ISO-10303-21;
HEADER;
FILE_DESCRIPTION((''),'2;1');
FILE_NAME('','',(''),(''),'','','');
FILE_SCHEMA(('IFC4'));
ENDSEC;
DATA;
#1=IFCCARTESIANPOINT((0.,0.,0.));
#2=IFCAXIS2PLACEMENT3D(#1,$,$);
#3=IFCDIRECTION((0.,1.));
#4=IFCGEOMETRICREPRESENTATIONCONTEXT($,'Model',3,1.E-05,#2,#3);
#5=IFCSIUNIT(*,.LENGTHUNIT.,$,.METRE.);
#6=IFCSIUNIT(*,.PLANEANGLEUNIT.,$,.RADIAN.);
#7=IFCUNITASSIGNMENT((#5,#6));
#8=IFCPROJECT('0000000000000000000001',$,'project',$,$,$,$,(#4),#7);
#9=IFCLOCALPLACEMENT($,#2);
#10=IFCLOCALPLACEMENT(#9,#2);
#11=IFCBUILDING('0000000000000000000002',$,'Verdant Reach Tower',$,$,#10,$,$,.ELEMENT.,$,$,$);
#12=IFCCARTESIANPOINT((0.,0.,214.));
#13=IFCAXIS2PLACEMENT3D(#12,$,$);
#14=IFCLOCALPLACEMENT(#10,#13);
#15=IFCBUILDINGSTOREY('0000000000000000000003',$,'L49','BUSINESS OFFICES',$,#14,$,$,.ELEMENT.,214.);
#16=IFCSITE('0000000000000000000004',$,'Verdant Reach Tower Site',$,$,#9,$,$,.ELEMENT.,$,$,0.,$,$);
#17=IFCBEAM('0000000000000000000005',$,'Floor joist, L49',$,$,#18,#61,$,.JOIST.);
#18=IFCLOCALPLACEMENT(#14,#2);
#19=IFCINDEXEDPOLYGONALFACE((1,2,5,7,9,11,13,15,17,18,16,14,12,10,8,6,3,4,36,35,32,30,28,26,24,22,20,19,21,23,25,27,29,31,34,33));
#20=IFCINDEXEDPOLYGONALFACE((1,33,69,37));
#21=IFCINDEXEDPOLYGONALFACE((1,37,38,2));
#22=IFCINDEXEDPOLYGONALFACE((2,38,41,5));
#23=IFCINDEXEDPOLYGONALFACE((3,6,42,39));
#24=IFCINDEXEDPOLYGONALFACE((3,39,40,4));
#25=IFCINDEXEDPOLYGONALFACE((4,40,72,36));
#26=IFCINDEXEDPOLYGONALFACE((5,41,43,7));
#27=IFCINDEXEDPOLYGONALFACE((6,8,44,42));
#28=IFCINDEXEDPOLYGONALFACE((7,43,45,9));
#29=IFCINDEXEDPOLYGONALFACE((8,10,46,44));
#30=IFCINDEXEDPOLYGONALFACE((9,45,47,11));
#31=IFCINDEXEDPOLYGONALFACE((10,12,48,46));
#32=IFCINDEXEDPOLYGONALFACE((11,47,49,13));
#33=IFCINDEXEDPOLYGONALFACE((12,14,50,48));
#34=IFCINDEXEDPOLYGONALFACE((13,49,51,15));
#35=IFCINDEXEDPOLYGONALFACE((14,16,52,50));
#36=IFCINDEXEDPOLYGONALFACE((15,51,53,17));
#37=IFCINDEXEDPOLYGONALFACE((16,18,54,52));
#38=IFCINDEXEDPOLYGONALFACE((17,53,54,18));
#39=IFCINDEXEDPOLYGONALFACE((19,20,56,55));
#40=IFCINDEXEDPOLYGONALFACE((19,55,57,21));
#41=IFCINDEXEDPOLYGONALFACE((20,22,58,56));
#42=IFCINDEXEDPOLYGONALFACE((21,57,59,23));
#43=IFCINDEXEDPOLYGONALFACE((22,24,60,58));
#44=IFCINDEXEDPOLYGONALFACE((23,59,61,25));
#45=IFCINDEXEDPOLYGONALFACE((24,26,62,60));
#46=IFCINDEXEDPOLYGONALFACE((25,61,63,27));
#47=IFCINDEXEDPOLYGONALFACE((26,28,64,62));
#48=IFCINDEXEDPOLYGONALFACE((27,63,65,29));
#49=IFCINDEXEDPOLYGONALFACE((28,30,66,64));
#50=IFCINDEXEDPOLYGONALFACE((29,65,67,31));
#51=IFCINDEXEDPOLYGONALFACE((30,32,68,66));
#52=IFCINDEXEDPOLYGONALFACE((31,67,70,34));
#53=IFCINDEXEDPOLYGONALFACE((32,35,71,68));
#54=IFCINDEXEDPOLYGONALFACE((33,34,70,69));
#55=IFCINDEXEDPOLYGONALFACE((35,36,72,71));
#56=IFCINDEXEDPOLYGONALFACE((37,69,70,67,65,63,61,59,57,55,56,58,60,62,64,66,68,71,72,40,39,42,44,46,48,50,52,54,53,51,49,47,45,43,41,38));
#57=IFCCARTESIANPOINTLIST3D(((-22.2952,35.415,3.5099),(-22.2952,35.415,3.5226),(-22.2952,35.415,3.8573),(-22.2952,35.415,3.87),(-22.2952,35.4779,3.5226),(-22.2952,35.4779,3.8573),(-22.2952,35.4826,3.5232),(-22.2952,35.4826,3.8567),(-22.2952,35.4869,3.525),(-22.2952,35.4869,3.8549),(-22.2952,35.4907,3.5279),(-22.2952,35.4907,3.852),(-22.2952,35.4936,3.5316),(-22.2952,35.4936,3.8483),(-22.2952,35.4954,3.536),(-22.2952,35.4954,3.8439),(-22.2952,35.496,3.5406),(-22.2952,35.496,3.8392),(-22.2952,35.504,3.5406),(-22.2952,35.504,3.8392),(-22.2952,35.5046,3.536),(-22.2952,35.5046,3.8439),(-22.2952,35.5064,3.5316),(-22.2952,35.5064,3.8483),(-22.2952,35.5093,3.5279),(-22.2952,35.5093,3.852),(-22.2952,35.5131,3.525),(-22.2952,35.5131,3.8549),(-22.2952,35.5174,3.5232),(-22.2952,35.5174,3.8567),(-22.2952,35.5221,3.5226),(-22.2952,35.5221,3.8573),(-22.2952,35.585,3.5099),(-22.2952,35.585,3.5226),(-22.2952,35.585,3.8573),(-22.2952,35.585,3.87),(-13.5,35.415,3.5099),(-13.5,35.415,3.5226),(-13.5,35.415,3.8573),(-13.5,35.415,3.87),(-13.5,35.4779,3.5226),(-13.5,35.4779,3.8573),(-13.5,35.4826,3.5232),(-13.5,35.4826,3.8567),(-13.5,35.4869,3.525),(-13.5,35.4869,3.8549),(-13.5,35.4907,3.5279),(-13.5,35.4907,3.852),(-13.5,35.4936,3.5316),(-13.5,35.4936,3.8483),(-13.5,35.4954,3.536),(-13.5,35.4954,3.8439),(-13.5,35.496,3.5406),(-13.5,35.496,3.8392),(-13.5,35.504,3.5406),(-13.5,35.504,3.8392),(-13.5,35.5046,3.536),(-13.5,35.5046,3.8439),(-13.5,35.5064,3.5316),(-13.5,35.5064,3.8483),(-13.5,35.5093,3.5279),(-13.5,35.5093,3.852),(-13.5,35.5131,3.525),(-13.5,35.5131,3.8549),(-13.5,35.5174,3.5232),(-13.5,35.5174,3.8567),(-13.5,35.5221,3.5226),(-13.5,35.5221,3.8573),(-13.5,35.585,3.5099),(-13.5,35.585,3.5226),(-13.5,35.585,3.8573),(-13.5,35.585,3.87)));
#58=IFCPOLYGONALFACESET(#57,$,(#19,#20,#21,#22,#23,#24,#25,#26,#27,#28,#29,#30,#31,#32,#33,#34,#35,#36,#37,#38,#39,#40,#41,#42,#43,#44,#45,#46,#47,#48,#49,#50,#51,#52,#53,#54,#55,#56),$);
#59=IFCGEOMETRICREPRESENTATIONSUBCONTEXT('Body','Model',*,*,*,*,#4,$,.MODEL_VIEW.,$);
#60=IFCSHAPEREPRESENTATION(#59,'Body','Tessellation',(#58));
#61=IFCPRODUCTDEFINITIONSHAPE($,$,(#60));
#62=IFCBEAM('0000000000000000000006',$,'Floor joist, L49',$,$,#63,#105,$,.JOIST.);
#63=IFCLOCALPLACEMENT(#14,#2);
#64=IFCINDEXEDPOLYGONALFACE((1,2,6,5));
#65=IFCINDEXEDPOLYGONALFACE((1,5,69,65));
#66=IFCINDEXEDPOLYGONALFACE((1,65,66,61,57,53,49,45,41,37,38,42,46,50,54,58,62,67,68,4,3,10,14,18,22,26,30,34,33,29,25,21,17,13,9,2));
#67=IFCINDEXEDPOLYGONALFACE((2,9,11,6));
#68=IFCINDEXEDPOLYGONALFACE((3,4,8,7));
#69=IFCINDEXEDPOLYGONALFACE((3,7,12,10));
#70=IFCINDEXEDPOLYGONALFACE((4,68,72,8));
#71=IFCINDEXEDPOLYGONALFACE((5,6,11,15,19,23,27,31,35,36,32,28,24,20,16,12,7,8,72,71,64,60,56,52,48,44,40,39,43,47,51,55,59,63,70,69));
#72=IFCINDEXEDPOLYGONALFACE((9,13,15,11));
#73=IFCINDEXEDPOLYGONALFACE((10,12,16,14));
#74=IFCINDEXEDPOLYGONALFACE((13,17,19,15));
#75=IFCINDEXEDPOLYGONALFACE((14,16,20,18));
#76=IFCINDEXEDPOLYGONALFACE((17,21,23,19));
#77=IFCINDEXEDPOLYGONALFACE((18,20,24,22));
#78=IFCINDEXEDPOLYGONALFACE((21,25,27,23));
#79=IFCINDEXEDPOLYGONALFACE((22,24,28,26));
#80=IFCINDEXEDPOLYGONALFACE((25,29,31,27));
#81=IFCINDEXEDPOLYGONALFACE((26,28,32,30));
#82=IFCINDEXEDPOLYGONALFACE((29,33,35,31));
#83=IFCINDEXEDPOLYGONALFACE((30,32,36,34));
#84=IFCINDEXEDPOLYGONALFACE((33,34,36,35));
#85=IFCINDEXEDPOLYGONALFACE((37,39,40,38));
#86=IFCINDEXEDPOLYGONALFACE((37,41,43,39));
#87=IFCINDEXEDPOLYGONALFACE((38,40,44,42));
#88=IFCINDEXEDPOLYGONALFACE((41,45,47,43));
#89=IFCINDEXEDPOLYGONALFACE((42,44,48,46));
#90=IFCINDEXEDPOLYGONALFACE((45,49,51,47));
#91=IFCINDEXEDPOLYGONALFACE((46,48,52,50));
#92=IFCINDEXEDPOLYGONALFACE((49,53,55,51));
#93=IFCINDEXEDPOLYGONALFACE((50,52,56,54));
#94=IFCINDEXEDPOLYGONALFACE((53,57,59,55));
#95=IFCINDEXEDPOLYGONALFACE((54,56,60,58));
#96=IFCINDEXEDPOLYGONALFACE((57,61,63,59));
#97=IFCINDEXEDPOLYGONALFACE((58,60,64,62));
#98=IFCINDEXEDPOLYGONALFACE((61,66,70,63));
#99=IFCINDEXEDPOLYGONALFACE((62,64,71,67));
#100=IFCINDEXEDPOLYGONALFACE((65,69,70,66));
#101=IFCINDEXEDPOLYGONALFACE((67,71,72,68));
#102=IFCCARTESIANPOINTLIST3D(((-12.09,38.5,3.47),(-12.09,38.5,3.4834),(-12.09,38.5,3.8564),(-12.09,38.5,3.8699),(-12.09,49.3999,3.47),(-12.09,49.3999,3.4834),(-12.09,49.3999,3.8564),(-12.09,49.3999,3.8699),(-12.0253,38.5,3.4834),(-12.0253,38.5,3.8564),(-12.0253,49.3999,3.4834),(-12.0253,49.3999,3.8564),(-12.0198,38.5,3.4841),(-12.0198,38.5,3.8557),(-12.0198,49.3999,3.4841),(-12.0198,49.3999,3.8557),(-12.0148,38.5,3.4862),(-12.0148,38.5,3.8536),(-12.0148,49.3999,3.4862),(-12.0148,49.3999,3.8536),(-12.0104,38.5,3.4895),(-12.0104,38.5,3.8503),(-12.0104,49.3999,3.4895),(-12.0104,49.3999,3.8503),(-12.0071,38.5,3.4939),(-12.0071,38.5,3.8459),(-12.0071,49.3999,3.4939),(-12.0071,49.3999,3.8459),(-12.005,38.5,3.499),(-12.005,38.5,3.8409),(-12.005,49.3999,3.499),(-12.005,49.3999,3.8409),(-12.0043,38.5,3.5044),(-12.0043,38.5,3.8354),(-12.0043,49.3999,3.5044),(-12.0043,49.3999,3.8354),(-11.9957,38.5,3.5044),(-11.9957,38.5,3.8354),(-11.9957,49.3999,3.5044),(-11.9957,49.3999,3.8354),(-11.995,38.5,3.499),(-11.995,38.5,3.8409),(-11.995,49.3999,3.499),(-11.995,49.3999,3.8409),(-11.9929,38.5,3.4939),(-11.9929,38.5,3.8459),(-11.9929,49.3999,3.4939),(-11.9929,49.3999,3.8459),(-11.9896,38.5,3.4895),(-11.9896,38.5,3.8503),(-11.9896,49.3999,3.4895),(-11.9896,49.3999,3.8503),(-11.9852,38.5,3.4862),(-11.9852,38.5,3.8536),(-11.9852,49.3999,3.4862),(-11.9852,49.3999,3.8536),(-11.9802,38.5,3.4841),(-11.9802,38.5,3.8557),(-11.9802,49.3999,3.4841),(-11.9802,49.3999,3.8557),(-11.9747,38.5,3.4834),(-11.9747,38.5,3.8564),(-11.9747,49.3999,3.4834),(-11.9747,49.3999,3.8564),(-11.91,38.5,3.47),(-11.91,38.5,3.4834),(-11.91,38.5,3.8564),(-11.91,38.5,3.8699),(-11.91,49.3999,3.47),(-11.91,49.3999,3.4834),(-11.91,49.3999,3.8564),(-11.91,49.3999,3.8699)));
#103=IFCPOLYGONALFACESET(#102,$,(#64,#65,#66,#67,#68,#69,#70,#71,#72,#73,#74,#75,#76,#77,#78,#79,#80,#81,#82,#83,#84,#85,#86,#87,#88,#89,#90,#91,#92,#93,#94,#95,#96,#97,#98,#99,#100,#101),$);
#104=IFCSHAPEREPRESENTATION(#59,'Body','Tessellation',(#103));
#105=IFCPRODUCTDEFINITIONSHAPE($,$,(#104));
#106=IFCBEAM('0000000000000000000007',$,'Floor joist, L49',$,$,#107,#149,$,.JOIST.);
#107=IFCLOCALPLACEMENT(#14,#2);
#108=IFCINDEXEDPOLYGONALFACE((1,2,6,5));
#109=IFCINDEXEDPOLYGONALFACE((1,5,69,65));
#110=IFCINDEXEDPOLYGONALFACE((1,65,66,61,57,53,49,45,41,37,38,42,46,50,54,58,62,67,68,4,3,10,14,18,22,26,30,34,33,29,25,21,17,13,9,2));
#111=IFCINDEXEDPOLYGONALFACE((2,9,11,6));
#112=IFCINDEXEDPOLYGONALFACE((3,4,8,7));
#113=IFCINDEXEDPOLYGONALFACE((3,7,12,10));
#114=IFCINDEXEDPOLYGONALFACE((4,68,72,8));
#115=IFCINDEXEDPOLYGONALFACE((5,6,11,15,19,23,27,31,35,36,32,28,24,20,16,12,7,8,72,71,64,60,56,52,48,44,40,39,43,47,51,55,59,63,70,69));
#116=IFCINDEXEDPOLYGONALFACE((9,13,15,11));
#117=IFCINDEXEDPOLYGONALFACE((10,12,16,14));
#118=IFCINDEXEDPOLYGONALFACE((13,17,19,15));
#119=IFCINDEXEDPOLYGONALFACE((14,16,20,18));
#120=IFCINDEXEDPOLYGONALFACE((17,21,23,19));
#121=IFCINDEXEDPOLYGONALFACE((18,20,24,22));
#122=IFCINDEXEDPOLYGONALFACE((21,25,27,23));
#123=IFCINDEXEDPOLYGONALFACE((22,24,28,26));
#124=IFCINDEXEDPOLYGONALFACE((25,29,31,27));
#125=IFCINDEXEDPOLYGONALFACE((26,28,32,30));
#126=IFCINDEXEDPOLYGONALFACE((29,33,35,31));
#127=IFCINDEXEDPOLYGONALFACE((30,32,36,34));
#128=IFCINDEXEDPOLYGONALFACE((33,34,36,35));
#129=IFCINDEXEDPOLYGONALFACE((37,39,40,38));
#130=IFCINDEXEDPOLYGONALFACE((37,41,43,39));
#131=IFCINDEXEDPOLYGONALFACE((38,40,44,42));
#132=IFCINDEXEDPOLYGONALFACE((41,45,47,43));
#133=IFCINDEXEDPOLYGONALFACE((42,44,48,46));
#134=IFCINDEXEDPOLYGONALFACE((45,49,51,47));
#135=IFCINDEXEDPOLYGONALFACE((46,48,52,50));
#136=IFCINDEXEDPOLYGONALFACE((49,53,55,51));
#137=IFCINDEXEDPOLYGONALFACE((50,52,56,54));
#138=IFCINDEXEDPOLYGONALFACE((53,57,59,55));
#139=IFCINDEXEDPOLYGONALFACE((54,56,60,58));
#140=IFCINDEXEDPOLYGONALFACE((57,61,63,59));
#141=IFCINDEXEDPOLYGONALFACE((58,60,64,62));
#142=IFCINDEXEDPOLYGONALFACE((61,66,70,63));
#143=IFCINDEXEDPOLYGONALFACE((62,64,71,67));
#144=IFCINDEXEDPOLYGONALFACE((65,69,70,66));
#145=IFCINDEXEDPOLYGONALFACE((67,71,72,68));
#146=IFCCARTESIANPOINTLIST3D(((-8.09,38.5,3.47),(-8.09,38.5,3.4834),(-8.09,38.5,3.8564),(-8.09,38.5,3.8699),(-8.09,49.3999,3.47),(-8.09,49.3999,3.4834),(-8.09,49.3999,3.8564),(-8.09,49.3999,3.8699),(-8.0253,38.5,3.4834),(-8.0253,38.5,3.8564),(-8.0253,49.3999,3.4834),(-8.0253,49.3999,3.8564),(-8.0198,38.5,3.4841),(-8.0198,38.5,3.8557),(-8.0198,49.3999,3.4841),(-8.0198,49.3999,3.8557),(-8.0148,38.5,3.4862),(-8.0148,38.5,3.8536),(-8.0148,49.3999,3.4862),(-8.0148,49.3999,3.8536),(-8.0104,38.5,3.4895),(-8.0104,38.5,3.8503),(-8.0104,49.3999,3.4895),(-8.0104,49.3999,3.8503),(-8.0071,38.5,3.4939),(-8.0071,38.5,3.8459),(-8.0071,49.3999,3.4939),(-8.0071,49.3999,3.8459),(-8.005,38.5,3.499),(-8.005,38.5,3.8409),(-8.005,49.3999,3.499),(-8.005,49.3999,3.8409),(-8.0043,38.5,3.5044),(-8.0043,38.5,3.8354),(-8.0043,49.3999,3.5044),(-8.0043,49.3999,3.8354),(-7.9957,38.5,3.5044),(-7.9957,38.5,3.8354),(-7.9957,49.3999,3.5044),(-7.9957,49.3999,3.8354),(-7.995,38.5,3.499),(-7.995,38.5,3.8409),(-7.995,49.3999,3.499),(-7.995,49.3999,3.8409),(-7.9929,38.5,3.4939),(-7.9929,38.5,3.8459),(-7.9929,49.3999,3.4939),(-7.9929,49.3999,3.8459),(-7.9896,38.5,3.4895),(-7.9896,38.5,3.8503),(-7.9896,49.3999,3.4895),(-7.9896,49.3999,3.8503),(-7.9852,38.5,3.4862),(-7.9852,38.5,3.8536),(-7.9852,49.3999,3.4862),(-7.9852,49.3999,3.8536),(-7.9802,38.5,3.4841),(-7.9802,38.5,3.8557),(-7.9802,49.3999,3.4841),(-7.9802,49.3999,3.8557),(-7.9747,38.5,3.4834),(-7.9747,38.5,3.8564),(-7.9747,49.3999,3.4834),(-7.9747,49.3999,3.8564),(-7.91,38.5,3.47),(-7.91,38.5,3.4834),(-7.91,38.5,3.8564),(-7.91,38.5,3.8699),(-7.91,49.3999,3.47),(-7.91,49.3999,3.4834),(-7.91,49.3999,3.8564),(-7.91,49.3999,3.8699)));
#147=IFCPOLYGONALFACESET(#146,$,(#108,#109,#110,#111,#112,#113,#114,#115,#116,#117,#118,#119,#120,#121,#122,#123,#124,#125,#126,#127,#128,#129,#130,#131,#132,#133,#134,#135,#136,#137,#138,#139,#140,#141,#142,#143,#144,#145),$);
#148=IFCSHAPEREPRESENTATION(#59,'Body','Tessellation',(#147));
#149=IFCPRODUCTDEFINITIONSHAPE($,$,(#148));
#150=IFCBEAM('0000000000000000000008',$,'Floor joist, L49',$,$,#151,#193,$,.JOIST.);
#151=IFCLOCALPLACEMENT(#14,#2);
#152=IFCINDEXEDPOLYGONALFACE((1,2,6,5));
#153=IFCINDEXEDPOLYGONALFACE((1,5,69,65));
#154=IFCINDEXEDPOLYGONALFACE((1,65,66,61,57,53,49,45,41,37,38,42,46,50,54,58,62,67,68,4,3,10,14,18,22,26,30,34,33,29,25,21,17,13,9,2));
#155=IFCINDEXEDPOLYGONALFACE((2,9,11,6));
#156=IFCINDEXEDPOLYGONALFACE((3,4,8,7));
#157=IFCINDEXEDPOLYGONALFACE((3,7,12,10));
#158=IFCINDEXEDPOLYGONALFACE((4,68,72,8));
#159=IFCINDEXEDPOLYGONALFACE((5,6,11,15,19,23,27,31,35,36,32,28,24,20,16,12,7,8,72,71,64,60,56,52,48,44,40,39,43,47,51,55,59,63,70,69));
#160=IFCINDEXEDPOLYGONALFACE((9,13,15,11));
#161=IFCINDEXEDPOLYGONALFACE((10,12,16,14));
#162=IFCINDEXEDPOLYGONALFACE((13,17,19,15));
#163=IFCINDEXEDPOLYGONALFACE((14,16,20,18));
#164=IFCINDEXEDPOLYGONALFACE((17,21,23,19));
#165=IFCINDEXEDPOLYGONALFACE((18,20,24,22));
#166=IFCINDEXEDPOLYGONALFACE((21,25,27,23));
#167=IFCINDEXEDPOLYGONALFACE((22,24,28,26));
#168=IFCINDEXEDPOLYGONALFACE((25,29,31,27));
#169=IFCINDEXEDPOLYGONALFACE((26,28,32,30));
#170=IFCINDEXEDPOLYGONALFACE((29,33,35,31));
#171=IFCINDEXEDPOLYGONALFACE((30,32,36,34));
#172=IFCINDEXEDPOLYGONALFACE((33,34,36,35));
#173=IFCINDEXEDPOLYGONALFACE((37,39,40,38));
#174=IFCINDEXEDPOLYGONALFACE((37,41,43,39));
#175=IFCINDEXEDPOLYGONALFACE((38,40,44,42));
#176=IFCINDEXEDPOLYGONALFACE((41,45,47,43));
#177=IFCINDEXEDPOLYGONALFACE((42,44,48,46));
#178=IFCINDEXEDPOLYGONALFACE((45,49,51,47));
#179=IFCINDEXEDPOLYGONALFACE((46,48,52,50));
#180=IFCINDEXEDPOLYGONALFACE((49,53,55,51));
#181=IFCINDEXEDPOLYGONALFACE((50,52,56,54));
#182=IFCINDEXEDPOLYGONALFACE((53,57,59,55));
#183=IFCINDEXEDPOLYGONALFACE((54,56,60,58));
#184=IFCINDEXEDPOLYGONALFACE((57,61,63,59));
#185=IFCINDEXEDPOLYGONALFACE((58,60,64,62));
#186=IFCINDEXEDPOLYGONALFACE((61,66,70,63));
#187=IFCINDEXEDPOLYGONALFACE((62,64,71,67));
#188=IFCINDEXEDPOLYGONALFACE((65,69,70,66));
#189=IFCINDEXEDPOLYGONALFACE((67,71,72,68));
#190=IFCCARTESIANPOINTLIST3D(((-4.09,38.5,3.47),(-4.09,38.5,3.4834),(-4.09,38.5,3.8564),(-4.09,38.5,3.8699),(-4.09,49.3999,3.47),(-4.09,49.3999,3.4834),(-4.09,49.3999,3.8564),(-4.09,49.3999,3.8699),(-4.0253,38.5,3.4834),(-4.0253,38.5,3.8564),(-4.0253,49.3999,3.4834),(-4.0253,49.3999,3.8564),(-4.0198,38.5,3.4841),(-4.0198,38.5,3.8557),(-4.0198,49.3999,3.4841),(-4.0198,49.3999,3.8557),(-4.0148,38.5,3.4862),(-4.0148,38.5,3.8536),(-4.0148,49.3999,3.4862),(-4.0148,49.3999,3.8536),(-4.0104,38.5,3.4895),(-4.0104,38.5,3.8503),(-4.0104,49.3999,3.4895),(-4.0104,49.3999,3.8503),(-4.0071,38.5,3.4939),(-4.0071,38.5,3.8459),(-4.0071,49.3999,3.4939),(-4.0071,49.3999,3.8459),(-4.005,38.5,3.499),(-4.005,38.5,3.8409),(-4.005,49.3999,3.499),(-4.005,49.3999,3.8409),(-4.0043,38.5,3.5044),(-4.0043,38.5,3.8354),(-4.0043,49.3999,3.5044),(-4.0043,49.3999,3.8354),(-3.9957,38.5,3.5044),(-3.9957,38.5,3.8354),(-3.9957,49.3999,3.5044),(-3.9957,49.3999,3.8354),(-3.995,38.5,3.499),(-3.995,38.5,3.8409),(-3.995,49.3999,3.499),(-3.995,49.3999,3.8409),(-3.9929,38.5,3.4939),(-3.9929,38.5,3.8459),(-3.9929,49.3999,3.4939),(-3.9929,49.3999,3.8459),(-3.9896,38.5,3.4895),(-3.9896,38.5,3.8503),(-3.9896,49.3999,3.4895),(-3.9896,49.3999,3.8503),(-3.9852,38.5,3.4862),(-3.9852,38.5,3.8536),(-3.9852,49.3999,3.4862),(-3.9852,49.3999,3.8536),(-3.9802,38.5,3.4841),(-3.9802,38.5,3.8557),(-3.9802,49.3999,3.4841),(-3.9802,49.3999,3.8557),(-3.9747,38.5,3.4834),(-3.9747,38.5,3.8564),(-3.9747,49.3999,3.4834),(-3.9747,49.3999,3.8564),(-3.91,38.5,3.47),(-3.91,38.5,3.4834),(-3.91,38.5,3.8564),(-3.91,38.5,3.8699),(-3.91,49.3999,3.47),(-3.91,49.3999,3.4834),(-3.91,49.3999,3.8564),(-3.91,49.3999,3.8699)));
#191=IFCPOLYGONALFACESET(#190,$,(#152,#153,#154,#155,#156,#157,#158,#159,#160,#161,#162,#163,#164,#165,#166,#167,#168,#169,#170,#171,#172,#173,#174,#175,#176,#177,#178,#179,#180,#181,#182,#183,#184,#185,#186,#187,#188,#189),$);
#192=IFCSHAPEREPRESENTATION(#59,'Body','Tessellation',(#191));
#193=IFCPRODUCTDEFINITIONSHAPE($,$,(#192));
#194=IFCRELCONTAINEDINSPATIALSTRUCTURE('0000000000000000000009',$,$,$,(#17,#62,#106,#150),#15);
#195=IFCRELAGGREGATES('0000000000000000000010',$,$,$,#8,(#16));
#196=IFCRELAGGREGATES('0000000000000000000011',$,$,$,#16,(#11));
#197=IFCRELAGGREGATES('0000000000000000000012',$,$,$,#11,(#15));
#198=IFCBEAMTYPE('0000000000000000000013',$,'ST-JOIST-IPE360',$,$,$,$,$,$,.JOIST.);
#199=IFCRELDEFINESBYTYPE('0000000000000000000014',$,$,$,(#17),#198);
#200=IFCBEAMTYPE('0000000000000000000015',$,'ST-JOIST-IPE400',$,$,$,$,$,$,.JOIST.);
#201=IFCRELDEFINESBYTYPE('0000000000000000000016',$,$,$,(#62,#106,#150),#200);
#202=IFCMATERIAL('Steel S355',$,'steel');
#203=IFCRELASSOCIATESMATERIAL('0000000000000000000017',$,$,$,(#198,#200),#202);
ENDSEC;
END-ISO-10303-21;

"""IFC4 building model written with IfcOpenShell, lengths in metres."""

from ifc_helpers import new_model, si_unit, direction, frame, origin, origin_2d, place, context, subcontext, project, spatial, i_section, extrude, material, material_profile, profile_set, type_object, element, save


model = new_model("IFC4")

# Units and contexts
model_context = context("Model", 3, precision=1e-05, world=origin(), true_north=direction((0.0, 1.0)))
body_context = subcontext(model_context, "Body", "Model", "MODEL_VIEW")
ifc_project = project(units=[si_unit("LENGTHUNIT", "METRE"), si_unit("PLANEANGLEUNIT", "RADIAN")], contexts=[model_context])

# Site, building, storey
site_placement = place(None, origin())
site = spatial("IfcSite", under=ifc_project, at=site_placement, Name="Verdant Reach Tower Site", CompositionType="ELEMENT", RefElevation=0.0)
building_placement = place(site_placement, origin())
building = spatial("IfcBuilding", under=site, at=building_placement, Name="Verdant Reach Tower", CompositionType="ELEMENT")
storey_placement = place(building_placement, frame((0.0, 0.0, 214.0)))
storey = spatial("IfcBuildingStorey", under=building, at=storey_placement, Name="L49", Description="BUSINESS OFFICES", CompositionType="ELEMENT", Elevation=214.0)

# Beams
ifc_material_1 = material(Name="Steel S355", Category="steel")
ifc_material_profile_1 = material_profile(ifc_material_1, i_section(OverallWidth=0.1699, OverallDepth=0.3601, WebThickness=0.0081, FlangeThickness=0.0127, FilletRadius=0.0181, at=origin_2d()), Name="IPE 360")
ifc_profile_set_1 = profile_set([ifc_material_profile_1], Name="Steel S355")
beam_type_1 = type_object("IfcBeamType", Name="ST-JOIST-IPE360", PredefinedType="JOIST", material=ifc_profile_set_1)
beam_1_placement = place(storey_placement, frame((-13.5, 35.5, 3.6899), z_axis=(-1.0, 0.0, 0.0), x_axis=(0.0, -1.0, 0.0)))
element("IfcBeam", 1, at=beam_1_placement, inside=storey, type_object=beam_type_1, Name="Floor joist, L49", PredefinedType="JOIST", context=body_context, shape_type="SweptSolid", body=[
    extrude(i_section(OverallWidth=0.1699, OverallDepth=0.3601, WebThickness=0.0081, FlangeThickness=0.0127, FilletRadius=0.0181, at=origin_2d()), origin(), (0.0, 0.0, 1.0), 8.7952),
])
ifc_material_profile_2 = material_profile(ifc_material_1, i_section(OverallWidth=0.1799, OverallDepth=0.3999, WebThickness=0.0085, FlangeThickness=0.0134, FilletRadius=0.021, at=origin_2d()), Name="IPE 400")
ifc_profile_set_2 = profile_set([ifc_material_profile_2], Name="Steel S355")
beam_type_2 = type_object("IfcBeamType", Name="ST-JOIST-IPE400", PredefinedType="JOIST", material=ifc_profile_set_2)
for number, where, z_axis, x_axis, name in (
    (2, (-12.0, 38.5, 3.6699), (0.0, 1.0, 0.0), (-1.0, 0.0, 0.0), "Floor joist, L49"),
    (3, (-8.0, 38.5, 3.6699), (0.0, 1.0, 0.0), (-1.0, 0.0, 0.0), "Floor joist, L49"),
    (4, (-4.0, 38.5, 3.6699), (0.0, 1.0, 0.0), (-1.0, 0.0, 0.0), "Floor joist, L49"),
):
    element("IfcBeam", number, at=place(storey_placement, frame(where, z_axis=z_axis, x_axis=x_axis)), inside=storey, type_object=beam_type_2, Name=name, PredefinedType="JOIST", context=body_context, shape_type="SweptSolid", body=[
        extrude(i_section(OverallWidth=0.1799, OverallDepth=0.3999, WebThickness=0.0085, FlangeThickness=0.0134, FilletRadius=0.021, at=origin_2d()), origin(), (0.0, 0.0, 1.0), 10.8999),
    ])

save(model, "model.ifc")
